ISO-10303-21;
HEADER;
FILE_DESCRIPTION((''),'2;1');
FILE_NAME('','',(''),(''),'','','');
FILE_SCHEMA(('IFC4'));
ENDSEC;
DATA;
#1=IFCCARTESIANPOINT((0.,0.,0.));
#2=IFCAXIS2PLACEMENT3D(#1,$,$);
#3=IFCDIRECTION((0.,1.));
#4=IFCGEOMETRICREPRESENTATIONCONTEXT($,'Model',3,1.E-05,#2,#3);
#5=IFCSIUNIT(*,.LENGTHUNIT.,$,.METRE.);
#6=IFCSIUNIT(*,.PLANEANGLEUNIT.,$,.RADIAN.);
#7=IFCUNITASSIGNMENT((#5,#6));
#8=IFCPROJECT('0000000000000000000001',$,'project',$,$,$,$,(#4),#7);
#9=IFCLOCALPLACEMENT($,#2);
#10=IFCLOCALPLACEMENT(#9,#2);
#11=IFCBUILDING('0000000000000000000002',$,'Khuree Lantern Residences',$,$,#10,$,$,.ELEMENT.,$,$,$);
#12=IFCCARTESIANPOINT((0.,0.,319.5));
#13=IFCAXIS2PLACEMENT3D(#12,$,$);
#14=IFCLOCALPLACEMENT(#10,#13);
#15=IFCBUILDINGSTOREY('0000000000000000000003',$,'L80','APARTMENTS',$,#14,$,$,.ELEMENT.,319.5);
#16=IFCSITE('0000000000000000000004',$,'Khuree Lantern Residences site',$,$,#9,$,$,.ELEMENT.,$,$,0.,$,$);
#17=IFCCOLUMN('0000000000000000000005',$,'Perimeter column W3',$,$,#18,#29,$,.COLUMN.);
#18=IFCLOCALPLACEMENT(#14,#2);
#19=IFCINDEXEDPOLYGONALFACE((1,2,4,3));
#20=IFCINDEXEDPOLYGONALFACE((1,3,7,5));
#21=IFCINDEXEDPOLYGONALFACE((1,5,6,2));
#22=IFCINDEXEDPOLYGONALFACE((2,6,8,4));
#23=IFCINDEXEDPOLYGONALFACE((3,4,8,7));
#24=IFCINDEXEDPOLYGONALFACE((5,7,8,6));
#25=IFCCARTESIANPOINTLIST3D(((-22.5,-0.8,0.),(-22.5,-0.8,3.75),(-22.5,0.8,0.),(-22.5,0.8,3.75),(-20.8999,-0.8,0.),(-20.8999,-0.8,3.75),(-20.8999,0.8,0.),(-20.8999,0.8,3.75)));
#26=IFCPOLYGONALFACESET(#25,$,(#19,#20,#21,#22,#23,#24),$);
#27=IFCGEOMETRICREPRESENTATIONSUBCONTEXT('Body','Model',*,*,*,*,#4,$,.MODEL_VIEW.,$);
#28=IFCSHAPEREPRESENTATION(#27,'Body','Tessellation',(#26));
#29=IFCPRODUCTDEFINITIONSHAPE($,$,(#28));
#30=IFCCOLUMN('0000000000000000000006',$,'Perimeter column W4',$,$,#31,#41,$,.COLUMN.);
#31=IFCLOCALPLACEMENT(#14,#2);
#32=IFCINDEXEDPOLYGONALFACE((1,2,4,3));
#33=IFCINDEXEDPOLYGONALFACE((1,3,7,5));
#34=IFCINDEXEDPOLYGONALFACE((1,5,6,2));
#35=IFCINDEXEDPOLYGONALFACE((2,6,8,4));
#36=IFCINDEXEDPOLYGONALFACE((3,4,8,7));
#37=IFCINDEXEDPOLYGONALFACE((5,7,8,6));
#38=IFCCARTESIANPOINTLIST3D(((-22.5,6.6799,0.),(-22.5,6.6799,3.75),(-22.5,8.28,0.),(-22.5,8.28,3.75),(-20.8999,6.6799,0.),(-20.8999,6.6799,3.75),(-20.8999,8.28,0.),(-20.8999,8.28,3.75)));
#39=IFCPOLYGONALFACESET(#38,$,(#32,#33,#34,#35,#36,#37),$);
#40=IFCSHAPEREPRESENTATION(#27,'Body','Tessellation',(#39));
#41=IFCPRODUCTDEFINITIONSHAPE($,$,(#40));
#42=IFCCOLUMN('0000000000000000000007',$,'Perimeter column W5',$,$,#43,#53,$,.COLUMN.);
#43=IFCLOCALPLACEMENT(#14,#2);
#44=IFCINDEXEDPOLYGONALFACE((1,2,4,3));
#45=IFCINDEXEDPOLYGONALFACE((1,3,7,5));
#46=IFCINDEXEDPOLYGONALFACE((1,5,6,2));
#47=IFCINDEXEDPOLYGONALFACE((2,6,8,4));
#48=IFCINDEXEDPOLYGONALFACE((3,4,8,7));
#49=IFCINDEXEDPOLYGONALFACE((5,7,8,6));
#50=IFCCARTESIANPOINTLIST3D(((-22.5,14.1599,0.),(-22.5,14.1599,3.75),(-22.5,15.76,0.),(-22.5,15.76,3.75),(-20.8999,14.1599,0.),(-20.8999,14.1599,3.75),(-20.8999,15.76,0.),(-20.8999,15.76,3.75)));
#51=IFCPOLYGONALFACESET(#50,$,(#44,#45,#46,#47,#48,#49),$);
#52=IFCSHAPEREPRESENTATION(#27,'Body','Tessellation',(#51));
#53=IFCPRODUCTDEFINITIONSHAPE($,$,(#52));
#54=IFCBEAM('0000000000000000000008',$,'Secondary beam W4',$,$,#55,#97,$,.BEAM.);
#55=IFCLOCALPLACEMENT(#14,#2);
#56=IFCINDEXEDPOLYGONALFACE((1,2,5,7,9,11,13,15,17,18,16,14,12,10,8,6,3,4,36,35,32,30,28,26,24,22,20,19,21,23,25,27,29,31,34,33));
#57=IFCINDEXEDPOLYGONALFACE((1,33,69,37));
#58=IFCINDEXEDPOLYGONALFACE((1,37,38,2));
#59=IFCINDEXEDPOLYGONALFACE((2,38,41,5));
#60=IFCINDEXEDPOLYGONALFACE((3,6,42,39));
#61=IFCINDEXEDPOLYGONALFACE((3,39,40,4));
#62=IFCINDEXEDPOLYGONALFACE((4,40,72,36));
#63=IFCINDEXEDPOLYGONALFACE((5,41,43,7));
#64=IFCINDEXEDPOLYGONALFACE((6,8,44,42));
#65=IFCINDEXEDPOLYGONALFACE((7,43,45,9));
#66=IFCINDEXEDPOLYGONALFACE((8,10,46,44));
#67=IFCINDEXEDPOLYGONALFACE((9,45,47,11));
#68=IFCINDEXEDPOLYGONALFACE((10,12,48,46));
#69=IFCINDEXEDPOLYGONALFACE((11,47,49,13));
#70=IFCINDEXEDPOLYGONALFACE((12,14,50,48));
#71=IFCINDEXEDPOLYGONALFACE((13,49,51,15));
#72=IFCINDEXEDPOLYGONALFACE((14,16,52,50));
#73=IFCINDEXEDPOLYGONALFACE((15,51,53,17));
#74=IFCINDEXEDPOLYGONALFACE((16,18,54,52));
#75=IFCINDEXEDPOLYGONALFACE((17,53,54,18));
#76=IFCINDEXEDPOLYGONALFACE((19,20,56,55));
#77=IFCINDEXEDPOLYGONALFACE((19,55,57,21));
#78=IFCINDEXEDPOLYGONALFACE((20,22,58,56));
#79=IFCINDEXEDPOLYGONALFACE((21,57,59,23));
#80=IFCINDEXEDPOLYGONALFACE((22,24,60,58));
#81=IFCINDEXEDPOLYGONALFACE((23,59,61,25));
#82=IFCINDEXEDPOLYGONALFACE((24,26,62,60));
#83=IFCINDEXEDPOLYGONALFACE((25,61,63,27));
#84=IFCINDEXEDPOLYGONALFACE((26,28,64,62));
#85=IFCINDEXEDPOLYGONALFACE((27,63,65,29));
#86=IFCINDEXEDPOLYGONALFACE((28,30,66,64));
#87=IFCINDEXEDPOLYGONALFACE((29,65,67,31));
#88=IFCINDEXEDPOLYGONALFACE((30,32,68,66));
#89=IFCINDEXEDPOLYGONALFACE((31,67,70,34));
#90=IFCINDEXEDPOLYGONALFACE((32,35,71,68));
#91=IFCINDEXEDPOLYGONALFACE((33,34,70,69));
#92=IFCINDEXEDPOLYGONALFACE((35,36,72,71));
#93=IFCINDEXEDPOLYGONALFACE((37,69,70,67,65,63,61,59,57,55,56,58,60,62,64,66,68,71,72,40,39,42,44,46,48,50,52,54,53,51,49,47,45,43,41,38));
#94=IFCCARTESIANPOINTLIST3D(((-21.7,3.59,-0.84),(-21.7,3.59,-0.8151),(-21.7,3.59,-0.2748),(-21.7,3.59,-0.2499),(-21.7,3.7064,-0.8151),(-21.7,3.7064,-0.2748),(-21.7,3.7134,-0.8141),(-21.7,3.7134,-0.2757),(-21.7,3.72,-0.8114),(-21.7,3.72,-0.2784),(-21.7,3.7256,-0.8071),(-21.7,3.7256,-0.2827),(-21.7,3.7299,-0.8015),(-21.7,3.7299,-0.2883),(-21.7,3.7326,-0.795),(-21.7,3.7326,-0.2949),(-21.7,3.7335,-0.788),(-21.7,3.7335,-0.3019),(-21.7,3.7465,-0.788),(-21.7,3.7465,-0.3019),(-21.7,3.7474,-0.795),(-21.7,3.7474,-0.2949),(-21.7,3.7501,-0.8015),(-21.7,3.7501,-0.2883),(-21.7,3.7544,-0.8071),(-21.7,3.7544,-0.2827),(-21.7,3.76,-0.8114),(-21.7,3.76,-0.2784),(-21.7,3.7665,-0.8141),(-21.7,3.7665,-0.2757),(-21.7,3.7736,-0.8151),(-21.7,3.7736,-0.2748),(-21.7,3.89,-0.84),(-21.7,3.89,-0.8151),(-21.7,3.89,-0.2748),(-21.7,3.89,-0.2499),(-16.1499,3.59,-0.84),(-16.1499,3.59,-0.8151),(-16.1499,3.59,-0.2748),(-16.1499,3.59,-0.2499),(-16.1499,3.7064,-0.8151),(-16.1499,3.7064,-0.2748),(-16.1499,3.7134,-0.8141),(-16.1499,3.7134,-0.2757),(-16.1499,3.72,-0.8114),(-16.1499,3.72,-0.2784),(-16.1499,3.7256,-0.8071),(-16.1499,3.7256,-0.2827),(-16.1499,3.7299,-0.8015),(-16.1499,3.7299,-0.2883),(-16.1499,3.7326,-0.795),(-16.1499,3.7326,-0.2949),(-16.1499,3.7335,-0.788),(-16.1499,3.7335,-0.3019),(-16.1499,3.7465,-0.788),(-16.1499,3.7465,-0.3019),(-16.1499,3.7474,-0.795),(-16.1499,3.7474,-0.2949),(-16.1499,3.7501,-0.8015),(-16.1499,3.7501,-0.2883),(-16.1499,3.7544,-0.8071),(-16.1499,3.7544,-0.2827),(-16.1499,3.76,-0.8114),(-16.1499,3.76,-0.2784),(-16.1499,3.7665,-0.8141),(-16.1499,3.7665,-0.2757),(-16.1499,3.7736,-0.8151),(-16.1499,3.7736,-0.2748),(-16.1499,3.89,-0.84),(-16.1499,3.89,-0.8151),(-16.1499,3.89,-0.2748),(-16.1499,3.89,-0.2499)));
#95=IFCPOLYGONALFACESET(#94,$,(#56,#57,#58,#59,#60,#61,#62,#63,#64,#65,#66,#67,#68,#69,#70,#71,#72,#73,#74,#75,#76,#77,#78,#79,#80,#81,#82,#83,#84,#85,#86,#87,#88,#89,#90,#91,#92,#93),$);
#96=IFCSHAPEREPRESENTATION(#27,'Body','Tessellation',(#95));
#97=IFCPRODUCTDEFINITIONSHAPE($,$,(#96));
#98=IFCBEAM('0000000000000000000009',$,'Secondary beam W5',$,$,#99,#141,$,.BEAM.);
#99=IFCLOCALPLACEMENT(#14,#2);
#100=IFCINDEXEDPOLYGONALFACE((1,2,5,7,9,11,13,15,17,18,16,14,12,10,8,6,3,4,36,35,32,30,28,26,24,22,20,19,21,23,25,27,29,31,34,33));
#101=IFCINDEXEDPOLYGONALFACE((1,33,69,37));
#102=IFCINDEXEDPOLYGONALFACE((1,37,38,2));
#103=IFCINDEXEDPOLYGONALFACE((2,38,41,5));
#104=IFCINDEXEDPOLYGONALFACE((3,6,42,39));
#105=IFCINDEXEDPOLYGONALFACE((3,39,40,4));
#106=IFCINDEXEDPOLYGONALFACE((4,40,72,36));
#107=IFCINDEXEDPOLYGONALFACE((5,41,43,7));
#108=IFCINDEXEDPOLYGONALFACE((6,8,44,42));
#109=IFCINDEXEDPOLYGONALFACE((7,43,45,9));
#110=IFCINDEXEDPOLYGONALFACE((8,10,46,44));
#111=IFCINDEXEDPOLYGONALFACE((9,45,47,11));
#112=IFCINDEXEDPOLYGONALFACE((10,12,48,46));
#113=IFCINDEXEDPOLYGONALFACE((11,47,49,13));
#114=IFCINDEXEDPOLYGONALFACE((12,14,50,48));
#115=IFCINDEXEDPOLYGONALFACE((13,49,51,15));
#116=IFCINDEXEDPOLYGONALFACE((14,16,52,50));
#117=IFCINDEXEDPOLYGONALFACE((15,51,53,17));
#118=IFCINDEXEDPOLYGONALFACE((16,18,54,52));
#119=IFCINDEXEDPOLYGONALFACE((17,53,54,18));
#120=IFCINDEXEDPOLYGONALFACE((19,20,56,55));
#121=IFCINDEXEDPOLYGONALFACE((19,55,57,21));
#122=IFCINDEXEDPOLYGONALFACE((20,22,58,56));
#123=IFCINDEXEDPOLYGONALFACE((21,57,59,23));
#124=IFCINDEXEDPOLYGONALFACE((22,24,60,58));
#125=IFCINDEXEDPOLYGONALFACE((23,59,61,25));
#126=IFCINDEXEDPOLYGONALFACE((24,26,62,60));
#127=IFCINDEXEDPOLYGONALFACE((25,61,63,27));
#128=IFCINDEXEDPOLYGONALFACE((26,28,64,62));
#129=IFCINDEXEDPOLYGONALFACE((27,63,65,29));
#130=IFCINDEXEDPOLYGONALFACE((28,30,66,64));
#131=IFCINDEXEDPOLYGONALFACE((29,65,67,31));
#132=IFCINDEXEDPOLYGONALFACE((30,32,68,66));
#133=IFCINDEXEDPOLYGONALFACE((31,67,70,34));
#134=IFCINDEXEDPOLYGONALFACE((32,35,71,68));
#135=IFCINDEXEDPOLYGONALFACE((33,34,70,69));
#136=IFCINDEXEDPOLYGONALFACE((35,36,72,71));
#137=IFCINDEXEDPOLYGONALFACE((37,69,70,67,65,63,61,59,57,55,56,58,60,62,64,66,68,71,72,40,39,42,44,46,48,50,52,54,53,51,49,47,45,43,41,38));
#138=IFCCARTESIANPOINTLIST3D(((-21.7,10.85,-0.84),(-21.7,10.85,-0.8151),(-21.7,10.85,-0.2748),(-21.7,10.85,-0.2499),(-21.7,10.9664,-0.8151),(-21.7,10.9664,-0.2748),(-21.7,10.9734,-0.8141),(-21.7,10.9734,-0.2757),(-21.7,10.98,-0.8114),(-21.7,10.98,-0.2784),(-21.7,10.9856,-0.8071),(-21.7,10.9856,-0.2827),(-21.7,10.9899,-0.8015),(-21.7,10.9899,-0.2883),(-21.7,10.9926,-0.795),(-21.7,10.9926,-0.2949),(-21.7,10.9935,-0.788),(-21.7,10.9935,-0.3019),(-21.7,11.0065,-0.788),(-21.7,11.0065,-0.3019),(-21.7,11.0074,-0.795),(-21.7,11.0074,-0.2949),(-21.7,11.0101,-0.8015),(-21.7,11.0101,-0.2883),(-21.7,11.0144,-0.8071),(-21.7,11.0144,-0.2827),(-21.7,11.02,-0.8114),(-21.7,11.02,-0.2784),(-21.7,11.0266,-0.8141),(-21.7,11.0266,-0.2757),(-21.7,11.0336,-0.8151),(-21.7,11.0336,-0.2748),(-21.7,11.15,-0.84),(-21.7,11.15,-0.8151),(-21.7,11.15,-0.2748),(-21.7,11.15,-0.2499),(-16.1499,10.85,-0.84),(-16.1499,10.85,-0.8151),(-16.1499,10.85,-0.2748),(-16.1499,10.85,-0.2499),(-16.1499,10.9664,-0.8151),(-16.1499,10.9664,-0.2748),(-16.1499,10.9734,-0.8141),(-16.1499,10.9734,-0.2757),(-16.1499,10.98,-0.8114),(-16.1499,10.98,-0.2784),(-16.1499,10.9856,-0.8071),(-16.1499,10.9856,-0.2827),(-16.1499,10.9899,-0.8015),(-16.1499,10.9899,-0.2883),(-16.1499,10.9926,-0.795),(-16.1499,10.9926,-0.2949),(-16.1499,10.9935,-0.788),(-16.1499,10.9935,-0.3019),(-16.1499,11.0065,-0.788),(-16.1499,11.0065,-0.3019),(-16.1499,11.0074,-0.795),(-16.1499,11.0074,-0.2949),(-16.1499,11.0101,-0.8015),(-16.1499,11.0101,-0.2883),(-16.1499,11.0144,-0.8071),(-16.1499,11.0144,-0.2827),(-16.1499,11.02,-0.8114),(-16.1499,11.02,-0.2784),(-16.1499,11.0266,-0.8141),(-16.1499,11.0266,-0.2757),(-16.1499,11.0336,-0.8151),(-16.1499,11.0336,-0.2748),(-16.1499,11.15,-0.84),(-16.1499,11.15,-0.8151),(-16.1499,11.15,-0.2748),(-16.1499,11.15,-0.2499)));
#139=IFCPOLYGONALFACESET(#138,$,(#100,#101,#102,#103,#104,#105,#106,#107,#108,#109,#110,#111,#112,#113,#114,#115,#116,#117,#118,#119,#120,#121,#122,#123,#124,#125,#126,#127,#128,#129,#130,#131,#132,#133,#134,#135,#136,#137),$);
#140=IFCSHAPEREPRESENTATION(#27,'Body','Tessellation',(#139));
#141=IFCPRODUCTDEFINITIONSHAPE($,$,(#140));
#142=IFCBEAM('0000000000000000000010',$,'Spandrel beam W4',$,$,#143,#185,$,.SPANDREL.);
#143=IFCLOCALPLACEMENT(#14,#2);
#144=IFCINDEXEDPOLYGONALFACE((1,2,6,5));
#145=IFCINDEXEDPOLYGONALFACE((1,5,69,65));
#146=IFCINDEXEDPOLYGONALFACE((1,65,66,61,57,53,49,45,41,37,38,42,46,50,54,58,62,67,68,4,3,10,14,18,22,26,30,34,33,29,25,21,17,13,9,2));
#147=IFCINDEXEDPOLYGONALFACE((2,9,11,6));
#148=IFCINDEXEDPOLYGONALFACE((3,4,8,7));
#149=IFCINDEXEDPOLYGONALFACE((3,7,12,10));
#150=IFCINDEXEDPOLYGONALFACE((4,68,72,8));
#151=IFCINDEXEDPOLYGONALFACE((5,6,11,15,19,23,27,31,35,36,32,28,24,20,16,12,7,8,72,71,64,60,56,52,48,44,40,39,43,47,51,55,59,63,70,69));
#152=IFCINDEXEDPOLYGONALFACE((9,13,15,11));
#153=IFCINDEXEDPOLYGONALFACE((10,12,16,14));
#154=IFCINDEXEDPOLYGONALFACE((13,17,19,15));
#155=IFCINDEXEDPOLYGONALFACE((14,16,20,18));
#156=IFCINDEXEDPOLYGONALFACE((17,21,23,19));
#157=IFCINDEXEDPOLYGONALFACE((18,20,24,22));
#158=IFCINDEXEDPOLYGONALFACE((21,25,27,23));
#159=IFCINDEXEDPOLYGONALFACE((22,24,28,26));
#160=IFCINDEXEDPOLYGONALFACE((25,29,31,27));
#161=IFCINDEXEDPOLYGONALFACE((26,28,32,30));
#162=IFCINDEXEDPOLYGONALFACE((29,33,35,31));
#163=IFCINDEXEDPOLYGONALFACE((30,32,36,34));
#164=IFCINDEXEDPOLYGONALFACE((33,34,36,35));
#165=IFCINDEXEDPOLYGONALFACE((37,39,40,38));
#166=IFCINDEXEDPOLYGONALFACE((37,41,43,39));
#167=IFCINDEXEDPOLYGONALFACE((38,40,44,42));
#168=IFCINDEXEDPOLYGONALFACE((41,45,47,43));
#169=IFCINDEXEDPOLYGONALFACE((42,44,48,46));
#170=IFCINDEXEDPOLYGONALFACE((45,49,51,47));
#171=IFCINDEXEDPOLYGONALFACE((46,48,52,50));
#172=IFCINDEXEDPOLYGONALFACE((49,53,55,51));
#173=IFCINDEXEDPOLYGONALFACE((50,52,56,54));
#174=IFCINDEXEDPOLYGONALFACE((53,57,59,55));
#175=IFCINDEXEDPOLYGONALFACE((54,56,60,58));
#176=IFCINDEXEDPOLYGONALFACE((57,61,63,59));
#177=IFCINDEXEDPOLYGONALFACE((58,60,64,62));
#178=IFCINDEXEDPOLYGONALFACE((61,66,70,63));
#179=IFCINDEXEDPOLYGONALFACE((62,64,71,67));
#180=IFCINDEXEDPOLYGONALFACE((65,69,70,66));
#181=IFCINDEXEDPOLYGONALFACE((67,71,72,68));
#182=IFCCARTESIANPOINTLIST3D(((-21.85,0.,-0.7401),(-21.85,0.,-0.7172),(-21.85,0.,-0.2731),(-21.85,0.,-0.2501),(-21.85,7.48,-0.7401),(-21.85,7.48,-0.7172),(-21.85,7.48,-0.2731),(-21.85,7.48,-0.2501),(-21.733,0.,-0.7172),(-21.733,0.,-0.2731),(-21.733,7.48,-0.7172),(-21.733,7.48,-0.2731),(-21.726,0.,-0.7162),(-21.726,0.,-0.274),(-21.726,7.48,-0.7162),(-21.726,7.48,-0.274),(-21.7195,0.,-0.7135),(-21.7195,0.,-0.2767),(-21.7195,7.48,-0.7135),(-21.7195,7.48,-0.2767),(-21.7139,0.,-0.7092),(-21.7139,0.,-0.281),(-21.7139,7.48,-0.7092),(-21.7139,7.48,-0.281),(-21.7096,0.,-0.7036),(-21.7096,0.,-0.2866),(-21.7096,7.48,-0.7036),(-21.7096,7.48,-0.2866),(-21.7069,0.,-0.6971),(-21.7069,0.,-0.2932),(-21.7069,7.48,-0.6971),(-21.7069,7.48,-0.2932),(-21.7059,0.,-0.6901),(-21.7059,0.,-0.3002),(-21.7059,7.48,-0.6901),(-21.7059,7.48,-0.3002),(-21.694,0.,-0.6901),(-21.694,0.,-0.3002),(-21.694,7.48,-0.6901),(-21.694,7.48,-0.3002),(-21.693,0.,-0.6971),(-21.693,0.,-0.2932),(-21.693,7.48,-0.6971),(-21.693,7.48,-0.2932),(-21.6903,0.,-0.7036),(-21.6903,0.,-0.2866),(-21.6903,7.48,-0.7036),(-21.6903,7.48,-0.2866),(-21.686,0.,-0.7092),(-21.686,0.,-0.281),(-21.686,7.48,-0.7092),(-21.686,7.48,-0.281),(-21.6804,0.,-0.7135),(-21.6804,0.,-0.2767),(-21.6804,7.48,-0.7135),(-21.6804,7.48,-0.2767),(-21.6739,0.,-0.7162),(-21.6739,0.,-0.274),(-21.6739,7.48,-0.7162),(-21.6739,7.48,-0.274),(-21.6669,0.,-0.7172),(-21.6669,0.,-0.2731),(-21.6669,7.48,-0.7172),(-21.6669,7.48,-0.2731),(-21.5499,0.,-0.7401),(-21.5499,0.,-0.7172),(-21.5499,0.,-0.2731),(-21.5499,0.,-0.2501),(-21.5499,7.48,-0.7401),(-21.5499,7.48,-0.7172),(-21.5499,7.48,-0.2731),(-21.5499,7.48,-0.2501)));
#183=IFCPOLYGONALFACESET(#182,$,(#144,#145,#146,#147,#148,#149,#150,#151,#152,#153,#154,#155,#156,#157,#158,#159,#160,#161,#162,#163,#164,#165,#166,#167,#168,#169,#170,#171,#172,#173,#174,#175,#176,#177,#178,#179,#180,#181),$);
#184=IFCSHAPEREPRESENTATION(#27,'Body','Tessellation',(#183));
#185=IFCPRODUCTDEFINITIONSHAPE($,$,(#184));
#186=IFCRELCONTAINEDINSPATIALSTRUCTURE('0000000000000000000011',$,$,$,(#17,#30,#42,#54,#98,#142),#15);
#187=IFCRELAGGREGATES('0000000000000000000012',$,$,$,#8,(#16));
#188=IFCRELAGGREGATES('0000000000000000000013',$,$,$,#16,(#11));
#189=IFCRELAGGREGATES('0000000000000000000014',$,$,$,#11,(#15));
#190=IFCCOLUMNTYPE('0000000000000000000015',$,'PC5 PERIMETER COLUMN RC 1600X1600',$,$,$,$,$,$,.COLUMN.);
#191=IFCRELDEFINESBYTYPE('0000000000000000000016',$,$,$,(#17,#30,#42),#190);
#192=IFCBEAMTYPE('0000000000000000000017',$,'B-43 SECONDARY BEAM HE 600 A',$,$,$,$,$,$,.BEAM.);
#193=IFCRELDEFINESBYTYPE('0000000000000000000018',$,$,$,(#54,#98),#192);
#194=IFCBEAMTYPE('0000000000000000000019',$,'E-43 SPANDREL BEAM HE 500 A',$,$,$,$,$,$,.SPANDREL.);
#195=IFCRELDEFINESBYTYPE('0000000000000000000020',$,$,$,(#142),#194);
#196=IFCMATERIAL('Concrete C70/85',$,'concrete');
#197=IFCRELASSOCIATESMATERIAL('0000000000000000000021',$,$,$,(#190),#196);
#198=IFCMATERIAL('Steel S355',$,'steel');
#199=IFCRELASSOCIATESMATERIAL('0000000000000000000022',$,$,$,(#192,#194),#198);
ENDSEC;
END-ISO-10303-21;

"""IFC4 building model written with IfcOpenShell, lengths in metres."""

from ifc_helpers import new_model, si_unit, direction, frame, origin, origin_2d, place, context, subcontext, project, spatial, rectangle, i_section, extrude, material, material_profile, profile_set, type_object, element, save


model = new_model("IFC4")

# Units and contexts
model_context = context("Model", 3, precision=1e-05, world=origin(), true_north=direction((0.0, 1.0)))
body_context = subcontext(model_context, "Body", "Model", "MODEL_VIEW")
ifc_project = project(units=[si_unit("LENGTHUNIT", "METRE"), si_unit("PLANEANGLEUNIT", "RADIAN")], contexts=[model_context])

# Site, building, storey
site_placement = place(None, origin())
site = spatial("IfcSite", under=ifc_project, at=site_placement, Name="Khuree Lantern Residences site", CompositionType="ELEMENT", RefElevation=0.0)
building_placement = place(site_placement, origin())
building = spatial("IfcBuilding", under=site, at=building_placement, Name="Khuree Lantern Residences", CompositionType="ELEMENT")
storey_placement = place(building_placement, frame((0.0, 0.0, 319.5)))
storey = spatial("IfcBuildingStorey", under=building, at=storey_placement, Name="L80", Description="APARTMENTS", CompositionType="ELEMENT", Elevation=319.5)

# Columns
ifc_material_1 = material(Name="Concrete C70/85", Category="concrete")
ifc_material_profile_1 = material_profile(ifc_material_1, rectangle(XDim=1.6001, YDim=1.6001, at=origin_2d()), Name="RC 1600X1600")
ifc_profile_set_1 = profile_set([ifc_material_profile_1], Name="Concrete C70/85")
column_type = type_object("IfcColumnType", Name="PC5 PERIMETER COLUMN RC 1600X1600", PredefinedType="COLUMN", material=ifc_profile_set_1)
for number, where, z_axis, x_axis, name in (
    (1, (-21.7, 0.0, 0.0), (0.0, 0.0, 1.0), (0.0, 1.0, 0.0), "Perimeter column W3"),
    (2, (-21.7, 7.48, 0.0), (0.0, 0.0, 1.0), (0.0, 1.0, 0.0), "Perimeter column W4"),
    (3, (-21.7, 14.96, 0.0), (0.0, 0.0, 1.0), (0.0, 1.0, 0.0), "Perimeter column W5"),
):
    element("IfcColumn", number, at=place(storey_placement, frame(where, z_axis=z_axis, x_axis=x_axis)), inside=storey, type_object=column_type, Name=name, PredefinedType="COLUMN", context=body_context, shape_type="SweptSolid", body=[
        extrude(rectangle(XDim=1.6001, YDim=1.6001, at=origin_2d()), origin(), (0.0, 0.0, 1.0), 3.75),
    ])

# Beams
ifc_material_2 = material(Name="Steel S355", Category="steel")
ifc_material_profile_2 = material_profile(ifc_material_2, i_section(OverallWidth=0.3, OverallDepth=0.5901, WebThickness=0.0129, FlangeThickness=0.0249, FilletRadius=0.0271, at=origin_2d()), Name="HE 600 A")
ifc_profile_set_2 = profile_set([ifc_material_profile_2], Name="Steel S355")
beam_type_1 = type_object("IfcBeamType", Name="B-43 SECONDARY BEAM HE 600 A", PredefinedType="BEAM", material=ifc_profile_set_2)
for number, where, z_axis, x_axis, name in (
    (4, (-21.7, 3.74, -0.5449), (1.0, 0.0, 0.0), (0.0, 1.0, 0.0), "Secondary beam W4"),
    (5, (-21.7, 11.0, -0.5449), (1.0, 0.0, 0.0), (0.0, 1.0, 0.0), "Secondary beam W5"),
):
    element("IfcBeam", number, at=place(storey_placement, frame(where, z_axis=z_axis, x_axis=x_axis)), inside=storey, type_object=beam_type_1, Name=name, PredefinedType="BEAM", context=body_context, shape_type="SweptSolid", body=[
        extrude(i_section(OverallWidth=0.3, OverallDepth=0.5901, WebThickness=0.0129, FlangeThickness=0.0249, FilletRadius=0.0271, at=origin_2d()), origin(), (0.0, 0.0, 1.0), 5.55),
    ])
ifc_material_profile_3 = material_profile(ifc_material_2, i_section(OverallWidth=0.3, OverallDepth=0.49, WebThickness=0.012, FlangeThickness=0.0229, FilletRadius=0.0271, at=origin_2d()), Name="HE 500 A")
ifc_profile_set_3 = profile_set([ifc_material_profile_3], Name="Steel S355")
beam_type_2 = type_object("IfcBeamType", Name="E-43 SPANDREL BEAM HE 500 A", PredefinedType="SPANDREL", material=ifc_profile_set_3)
for number, where, z_axis, x_axis, name in (
    (6, (-21.7, 0.0, -0.4951), (0.0, 1.0, 0.0), (-1.0, 0.0, 0.0), "Spandrel beam W4"),
):
    element("IfcBeam", number, at=place(storey_placement, frame(where, z_axis=z_axis, x_axis=x_axis)), inside=storey, type_object=beam_type_2, Name=name, PredefinedType="SPANDREL", context=body_context, shape_type="SweptSolid", body=[
        extrude(i_section(OverallWidth=0.3, OverallDepth=0.49, WebThickness=0.012, FlangeThickness=0.0229, FilletRadius=0.0271, at=origin_2d()), origin(), (0.0, 0.0, 1.0), 7.48),
    ])

save(model, "model.ifc")
